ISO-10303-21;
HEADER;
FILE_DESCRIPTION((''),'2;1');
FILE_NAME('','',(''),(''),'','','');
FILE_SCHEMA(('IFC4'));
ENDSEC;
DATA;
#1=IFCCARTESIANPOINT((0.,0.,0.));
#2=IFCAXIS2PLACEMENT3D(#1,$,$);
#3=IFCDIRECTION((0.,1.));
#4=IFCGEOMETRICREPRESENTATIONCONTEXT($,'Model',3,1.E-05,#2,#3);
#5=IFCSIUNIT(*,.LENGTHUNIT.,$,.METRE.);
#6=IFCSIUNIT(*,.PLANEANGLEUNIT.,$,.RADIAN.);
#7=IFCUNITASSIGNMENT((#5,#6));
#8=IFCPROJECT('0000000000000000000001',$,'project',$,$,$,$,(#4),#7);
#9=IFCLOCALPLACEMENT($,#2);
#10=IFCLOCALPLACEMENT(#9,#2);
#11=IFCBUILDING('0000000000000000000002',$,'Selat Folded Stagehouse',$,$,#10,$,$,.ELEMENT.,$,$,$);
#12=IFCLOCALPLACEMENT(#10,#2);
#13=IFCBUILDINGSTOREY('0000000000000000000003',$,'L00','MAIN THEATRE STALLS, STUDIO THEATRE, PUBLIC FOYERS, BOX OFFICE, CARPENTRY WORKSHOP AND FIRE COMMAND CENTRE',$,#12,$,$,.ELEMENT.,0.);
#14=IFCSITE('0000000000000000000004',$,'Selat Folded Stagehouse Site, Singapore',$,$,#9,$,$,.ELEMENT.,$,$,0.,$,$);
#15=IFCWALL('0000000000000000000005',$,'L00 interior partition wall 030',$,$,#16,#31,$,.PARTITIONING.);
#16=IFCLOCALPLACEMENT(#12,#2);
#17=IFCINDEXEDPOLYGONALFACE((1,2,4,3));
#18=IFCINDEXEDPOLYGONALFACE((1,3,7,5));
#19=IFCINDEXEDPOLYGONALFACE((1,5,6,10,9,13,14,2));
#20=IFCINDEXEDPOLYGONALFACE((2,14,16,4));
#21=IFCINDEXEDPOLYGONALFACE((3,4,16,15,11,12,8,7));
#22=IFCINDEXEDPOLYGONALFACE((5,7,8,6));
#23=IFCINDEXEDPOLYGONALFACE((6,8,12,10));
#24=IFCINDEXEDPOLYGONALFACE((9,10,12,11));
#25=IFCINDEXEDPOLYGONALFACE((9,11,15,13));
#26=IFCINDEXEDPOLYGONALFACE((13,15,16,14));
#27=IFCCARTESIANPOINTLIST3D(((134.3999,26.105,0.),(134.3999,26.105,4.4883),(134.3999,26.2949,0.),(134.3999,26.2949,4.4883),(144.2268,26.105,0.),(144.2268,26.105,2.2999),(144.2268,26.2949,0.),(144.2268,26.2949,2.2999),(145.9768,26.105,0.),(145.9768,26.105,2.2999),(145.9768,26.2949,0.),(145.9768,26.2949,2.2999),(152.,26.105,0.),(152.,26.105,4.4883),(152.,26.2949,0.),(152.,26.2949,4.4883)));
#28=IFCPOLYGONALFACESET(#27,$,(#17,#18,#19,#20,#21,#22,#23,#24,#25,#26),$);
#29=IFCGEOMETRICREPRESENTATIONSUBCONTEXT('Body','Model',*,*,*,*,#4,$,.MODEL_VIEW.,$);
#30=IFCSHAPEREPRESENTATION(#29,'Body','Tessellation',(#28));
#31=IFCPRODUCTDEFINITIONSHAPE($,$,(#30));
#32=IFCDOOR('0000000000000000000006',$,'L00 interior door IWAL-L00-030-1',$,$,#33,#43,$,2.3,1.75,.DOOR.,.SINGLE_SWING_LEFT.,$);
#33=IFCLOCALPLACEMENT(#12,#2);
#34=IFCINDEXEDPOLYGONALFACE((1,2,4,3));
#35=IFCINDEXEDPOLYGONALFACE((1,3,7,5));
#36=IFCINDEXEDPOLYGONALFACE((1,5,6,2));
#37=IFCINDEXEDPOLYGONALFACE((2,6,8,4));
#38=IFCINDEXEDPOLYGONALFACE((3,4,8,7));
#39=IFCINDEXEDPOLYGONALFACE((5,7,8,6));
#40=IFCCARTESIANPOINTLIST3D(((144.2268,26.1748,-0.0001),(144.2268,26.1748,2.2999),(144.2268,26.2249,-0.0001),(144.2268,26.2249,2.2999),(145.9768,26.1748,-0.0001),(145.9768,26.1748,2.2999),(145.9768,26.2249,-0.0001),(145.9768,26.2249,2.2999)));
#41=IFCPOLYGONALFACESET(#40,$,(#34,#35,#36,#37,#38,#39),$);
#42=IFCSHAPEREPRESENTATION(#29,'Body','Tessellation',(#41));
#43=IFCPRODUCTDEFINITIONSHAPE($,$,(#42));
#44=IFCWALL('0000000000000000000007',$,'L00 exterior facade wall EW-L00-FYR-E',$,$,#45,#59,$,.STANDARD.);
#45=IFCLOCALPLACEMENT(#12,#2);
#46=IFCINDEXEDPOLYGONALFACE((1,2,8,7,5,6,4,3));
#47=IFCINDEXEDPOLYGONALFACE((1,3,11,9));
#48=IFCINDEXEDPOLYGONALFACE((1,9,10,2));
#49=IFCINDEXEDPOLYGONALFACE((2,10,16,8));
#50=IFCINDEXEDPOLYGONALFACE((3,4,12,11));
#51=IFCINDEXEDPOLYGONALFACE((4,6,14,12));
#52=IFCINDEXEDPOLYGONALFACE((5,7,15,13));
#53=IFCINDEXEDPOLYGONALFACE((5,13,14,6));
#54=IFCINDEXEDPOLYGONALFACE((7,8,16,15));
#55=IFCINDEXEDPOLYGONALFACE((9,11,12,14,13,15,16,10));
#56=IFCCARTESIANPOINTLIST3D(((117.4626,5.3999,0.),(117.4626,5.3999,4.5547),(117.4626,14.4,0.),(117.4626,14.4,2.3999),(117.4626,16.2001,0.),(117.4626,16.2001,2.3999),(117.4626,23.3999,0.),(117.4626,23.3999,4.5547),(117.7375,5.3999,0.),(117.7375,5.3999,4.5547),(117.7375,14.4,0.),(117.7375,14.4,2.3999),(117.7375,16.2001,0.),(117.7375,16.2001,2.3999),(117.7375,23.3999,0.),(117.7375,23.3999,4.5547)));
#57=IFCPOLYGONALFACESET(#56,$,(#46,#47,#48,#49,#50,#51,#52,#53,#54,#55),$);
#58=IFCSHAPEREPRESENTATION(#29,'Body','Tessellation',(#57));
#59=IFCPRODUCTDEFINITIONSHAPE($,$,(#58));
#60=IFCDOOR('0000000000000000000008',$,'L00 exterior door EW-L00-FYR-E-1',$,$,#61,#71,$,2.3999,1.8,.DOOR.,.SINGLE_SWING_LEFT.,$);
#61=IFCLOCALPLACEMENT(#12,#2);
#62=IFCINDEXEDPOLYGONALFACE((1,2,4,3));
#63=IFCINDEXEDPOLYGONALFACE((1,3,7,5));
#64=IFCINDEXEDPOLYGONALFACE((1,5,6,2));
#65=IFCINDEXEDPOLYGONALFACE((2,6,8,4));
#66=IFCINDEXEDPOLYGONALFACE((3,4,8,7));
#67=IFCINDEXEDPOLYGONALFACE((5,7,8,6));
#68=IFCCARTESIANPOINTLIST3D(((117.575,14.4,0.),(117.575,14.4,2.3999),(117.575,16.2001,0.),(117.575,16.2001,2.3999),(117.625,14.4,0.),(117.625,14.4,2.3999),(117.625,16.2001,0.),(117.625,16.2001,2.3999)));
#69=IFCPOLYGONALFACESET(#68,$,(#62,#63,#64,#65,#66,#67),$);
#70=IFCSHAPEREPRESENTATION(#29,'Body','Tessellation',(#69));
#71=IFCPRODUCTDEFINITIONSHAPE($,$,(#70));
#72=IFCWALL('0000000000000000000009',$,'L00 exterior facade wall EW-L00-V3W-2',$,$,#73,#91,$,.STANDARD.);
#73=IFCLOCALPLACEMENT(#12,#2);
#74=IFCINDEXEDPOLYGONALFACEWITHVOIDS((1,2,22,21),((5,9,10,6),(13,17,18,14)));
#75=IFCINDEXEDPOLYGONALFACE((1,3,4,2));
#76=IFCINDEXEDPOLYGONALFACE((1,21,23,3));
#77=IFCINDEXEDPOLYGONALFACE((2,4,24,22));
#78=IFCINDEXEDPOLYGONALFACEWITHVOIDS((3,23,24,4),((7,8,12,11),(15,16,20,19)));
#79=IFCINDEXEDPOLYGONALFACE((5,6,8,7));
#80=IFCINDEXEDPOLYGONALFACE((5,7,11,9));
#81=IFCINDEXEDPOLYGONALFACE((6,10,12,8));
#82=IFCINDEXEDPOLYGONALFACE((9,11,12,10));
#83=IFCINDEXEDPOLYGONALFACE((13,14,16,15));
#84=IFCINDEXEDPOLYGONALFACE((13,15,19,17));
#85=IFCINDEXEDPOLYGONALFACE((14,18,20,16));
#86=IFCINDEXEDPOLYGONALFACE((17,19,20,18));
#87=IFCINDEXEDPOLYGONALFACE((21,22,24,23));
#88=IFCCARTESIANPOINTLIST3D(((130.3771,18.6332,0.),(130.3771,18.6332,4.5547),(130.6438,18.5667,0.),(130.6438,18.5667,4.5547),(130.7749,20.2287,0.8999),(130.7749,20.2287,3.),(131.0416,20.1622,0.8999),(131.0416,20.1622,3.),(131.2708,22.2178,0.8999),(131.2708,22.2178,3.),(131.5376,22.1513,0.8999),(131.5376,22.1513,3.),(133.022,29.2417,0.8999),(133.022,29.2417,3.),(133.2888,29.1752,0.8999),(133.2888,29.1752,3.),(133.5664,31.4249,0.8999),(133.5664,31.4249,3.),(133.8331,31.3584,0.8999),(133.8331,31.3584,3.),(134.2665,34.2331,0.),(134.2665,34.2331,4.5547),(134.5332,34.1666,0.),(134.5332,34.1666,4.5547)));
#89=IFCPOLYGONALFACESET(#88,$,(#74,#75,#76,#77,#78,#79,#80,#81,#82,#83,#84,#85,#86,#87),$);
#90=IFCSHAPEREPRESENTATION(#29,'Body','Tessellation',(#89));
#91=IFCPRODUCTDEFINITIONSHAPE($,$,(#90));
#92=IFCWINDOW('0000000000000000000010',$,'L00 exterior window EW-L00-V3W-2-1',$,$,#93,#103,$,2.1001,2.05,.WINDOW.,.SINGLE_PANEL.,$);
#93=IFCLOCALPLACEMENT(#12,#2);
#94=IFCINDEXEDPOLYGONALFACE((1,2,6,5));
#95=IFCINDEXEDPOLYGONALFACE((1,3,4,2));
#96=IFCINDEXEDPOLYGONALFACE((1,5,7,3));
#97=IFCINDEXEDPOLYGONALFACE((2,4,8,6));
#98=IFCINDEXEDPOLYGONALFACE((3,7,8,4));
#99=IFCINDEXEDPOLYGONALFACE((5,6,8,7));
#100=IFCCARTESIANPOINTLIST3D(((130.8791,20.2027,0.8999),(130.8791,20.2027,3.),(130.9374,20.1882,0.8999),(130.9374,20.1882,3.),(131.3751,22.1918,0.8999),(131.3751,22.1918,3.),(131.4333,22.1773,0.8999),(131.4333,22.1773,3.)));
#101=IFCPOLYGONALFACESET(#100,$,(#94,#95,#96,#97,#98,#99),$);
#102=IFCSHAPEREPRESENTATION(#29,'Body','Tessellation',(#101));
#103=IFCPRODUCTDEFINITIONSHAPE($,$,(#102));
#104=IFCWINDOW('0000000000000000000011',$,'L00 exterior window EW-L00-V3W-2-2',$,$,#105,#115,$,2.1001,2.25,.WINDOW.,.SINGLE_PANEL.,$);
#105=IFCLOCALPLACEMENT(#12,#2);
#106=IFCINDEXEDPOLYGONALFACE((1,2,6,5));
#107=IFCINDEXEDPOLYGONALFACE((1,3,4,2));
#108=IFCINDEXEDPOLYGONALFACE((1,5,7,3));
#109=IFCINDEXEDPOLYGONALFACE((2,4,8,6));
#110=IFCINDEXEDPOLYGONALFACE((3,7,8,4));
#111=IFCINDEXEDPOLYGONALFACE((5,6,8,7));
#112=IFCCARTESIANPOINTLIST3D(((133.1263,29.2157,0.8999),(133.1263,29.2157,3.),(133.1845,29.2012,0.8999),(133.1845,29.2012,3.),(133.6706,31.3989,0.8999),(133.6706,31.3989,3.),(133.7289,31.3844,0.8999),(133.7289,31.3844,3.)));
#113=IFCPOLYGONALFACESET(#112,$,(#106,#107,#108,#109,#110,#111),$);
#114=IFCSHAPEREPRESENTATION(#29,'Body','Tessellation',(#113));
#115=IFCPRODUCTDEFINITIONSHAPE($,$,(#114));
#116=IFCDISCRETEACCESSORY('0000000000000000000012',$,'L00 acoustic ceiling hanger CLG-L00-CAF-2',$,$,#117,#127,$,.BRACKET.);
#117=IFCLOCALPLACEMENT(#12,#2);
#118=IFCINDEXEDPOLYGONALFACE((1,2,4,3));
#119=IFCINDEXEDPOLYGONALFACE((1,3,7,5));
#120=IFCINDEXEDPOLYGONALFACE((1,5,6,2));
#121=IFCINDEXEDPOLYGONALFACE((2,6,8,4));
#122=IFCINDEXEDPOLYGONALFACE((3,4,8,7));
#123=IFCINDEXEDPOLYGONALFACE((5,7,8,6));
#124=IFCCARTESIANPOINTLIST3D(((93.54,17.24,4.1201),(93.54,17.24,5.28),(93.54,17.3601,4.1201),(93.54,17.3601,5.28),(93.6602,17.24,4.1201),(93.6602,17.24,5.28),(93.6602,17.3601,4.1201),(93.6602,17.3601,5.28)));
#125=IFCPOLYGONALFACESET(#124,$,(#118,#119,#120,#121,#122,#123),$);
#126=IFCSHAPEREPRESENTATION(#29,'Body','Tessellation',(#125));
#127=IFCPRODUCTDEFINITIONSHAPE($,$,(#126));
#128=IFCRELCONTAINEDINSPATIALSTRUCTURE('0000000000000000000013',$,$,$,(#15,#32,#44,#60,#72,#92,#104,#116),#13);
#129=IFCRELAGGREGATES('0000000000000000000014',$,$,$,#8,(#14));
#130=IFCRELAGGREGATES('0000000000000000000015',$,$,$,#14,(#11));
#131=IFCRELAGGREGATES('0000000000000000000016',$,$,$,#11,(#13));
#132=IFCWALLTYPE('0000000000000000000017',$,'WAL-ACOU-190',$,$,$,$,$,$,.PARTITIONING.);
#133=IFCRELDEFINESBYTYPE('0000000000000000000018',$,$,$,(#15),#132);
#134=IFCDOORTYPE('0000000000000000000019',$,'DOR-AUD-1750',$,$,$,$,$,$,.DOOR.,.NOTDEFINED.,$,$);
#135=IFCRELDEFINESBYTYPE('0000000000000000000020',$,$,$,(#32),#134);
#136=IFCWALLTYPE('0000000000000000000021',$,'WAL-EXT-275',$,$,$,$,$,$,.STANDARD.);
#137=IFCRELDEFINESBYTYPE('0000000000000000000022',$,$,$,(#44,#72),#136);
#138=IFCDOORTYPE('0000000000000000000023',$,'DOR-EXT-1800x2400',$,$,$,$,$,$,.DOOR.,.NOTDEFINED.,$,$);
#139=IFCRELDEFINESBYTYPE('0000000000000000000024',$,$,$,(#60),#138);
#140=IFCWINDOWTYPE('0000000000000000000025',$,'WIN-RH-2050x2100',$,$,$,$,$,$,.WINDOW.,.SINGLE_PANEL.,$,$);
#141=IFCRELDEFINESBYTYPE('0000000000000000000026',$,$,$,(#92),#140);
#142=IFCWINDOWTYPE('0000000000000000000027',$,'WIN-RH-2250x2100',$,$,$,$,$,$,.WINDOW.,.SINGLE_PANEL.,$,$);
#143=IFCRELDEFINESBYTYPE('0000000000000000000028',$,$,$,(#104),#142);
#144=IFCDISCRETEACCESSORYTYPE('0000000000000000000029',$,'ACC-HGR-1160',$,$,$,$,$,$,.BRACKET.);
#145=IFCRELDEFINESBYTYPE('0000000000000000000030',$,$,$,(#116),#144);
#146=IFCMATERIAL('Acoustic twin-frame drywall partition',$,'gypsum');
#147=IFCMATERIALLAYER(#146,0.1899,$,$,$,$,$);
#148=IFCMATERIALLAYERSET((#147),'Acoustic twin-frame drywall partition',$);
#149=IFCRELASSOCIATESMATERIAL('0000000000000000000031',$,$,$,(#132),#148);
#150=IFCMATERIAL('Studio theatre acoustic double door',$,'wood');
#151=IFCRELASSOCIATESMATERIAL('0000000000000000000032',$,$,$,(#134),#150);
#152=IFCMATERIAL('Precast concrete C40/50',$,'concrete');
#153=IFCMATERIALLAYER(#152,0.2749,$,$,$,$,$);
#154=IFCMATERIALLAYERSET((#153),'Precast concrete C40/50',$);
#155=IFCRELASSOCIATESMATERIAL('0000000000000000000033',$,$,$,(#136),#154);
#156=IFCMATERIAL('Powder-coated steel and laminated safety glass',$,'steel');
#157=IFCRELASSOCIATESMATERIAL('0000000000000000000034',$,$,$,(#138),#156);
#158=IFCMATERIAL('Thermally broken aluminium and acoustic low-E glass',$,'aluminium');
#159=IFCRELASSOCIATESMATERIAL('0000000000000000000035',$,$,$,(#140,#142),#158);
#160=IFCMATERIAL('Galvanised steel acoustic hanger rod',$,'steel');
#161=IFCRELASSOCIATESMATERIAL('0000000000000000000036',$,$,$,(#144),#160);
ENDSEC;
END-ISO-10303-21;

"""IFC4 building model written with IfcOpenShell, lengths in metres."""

from ifc_helpers import new_model, si_unit, direction, frame, frame_2d, origin, origin_2d, place, context, subcontext, project, spatial, rectangle, extrude, material, layer, layer_set, type_object, element, fill, save


model = new_model("IFC4")

# Units and contexts
model_context = context("Model", 3, precision=1e-05, world=origin(), true_north=direction((0.0, 1.0)))
body_context = subcontext(model_context, "Body", "Model", "MODEL_VIEW")
ifc_project = project(units=[si_unit("LENGTHUNIT", "METRE"), si_unit("PLANEANGLEUNIT", "RADIAN")], contexts=[model_context])

# Site, building, storey
site_placement = place(None, origin())
site = spatial("IfcSite", under=ifc_project, at=site_placement, Name="Selat Folded Stagehouse Site, Singapore", CompositionType="ELEMENT", RefElevation=0.0)
building_placement = place(site_placement, origin())
building = spatial("IfcBuilding", under=site, at=building_placement, Name="Selat Folded Stagehouse", CompositionType="ELEMENT")
storey_placement = place(building_placement, origin())
storey = spatial("IfcBuildingStorey", under=building, at=storey_placement, Name="L00", Description="MAIN THEATRE STALLS, STUDIO THEATRE, PUBLIC FOYERS, BOX OFFICE, CARPENTRY WORKSHOP AND FIRE COMMAND CENTRE", CompositionType="ELEMENT", Elevation=0.0)

# Walls, openings, doors
ifc_material_1 = material(Name="Acoustic twin-frame drywall partition", Category="gypsum")
ifc_layer_1 = layer(ifc_material_1, 0.1899)
ifc_layer_set_1 = layer_set([ifc_layer_1], Name="Acoustic twin-frame drywall partition")
wall_type_1 = type_object("IfcWallType", Name="WAL-ACOU-190", PredefinedType="PARTITIONING", material=ifc_layer_set_1)
wall_1_placement = place(storey_placement, frame((134.3999, 26.2, 0.0), z_axis=(0.0, 0.0, 1.0), x_axis=(1.0, 0.0, 0.0)))
wall_1 = element("IfcWall", 1, at=wall_1_placement, inside=storey, type_object=wall_type_1, Name="L00 interior partition wall 030", PredefinedType="PARTITIONING", context=body_context, shape_type="SweptSolid", body=[
    extrude(rectangle(XDim=17.6001, YDim=0.1899, at=frame_2d((8.8, 0.0))), origin(), (0.0, 0.0, 1.0), 4.4883),
])
opening_1_placement = place(wall_1_placement, frame((9.8269, 0.0, 0.0)))
opening_1 = element("IfcOpeningElement", 2, at=opening_1_placement, cuts=wall_1, PredefinedType="OPENING", context=body_context, shape_type="SweptSolid", body=[
    extrude(rectangle(XDim=1.75, YDim=2.3, at=frame_2d((0.875, 1.1499))), frame((0.0, 0.105, 0.0), z_axis=(0.0, -1.0, 0.0), x_axis=(1.0, 0.0, 0.0)), (0.0, 0.0, 1.0), 0.21),
])
ifc_material_2 = material(Name="Studio theatre acoustic double door", Category="wood")
door_type_1 = type_object("IfcDoorType", Name="DOR-AUD-1750", OperationType="NOTDEFINED", PredefinedType="DOOR", material=ifc_material_2)
door_1_placement = place(opening_1_placement, origin())
door_1 = element("IfcDoor", 3, at=door_1_placement, inside=storey, type_object=door_type_1, Name="L00 interior door IWAL-L00-030-1", OperationType="SINGLE_SWING_LEFT", OverallHeight=2.3, OverallWidth=1.75, PredefinedType="DOOR", context=body_context, shape_type="SweptSolid", body=[
    extrude(rectangle(XDim=1.75, YDim=2.3, at=frame_2d((0.875, 1.1499))), frame((0.0, 0.0249, 0.0), z_axis=(0.0, -1.0, 0.0), x_axis=(1.0, 0.0, 0.0)), (0.0, 0.0, 1.0), 0.05),
])
fill(opening_1, door_1)
ifc_material_3 = material(Name="Precast concrete C40/50", Category="concrete")
ifc_layer_2 = layer(ifc_material_3, 0.2749)
ifc_layer_set_2 = layer_set([ifc_layer_2], Name="Precast concrete C40/50")
wall_type_2 = type_object("IfcWallType", Name="WAL-EXT-275", PredefinedType="STANDARD", material=ifc_layer_set_2)
wall_2_placement = place(storey_placement, frame((117.6001, 23.3999, 0.0), z_axis=(0.0, 0.0, 1.0), x_axis=(0.0, -1.0, 0.0)))
wall_2 = element("IfcWall", 4, at=wall_2_placement, inside=storey, type_object=wall_type_2, Name="L00 exterior facade wall EW-L00-FYR-E", PredefinedType="STANDARD", context=body_context, shape_type="SweptSolid", body=[
    extrude(rectangle(XDim=18.0, YDim=0.2749, at=frame_2d((9.0, 0.0))), origin(), (0.0, 0.0, 1.0), 4.5547),
])
opening_2_placement = place(wall_2_placement, frame((7.2, 0.0, 0.0)))
opening_2 = element("IfcOpeningElement", 5, at=opening_2_placement, cuts=wall_2, PredefinedType="OPENING", context=body_context, shape_type="SweptSolid", body=[
    extrude(rectangle(XDim=1.8, YDim=2.3999, at=frame_2d((0.8999, 1.2))), frame((0.0, 0.1475, 0.0), z_axis=(0.0, -1.0, 0.0), x_axis=(1.0, 0.0, 0.0)), (0.0, 0.0, 1.0), 0.2949),
])
ifc_material_4 = material(Name="Powder-coated steel and laminated safety glass", Category="steel")
door_type_2 = type_object("IfcDoorType", Name="DOR-EXT-1800x2400", OperationType="NOTDEFINED", PredefinedType="DOOR", material=ifc_material_4)
door_2_placement = place(opening_2_placement, origin())
door_2 = element("IfcDoor", 6, at=door_2_placement, inside=storey, type_object=door_type_2, Name="L00 exterior door EW-L00-FYR-E-1", OperationType="SINGLE_SWING_LEFT", OverallHeight=2.3999, OverallWidth=1.8, PredefinedType="DOOR", context=body_context, shape_type="SweptSolid", body=[
    extrude(rectangle(XDim=1.8, YDim=2.3999, at=frame_2d((0.8999, 1.2))), frame((0.0, 0.0249, 0.0), z_axis=(0.0, -1.0, 0.0), x_axis=(1.0, 0.0, 0.0)), (0.0, 0.0, 1.0), 0.05),
])
fill(opening_2, door_2)

# Wall, openings, windows
wall_3_placement = place(storey_placement, frame((130.5105, 18.6001, 0.0), z_axis=(0.0, 0.0, 1.0), x_axis=(0.241917, 0.970297, 0.0)))
wall_3 = element("IfcWall", 7, at=wall_3_placement, inside=storey, type_object=wall_type_2, Name="L00 exterior facade wall EW-L00-V3W-2", PredefinedType="STANDARD", context=body_context, shape_type="SweptSolid", body=[
    extrude(rectangle(XDim=16.0774, YDim=0.2749, at=frame_2d((8.0386, 0.0))), origin(), (0.0, 0.0, 1.0), 4.5547),
])
opening_3_placement = place(wall_3_placement, frame((1.6443, 0.0, 0.8999)))
opening_3 = element("IfcOpeningElement", 8, at=opening_3_placement, cuts=wall_3, PredefinedType="OPENING", context=body_context, shape_type="SweptSolid", body=[
    extrude(rectangle(XDim=2.05, YDim=2.1001, at=frame_2d((1.0249, 1.05))), frame((0.0, 0.1475, 0.0), z_axis=(0.0, -1.0, 0.0), x_axis=(1.0, 0.0, 0.0)), (0.0, 0.0, 1.0), 0.2949),
])
opening_4_placement = place(wall_3_placement, frame((10.9331, 0.0, 0.8999)))
opening_4 = element("IfcOpeningElement", 9, at=opening_4_placement, cuts=wall_3, PredefinedType="OPENING", context=body_context, shape_type="SweptSolid", body=[
    extrude(rectangle(XDim=2.25, YDim=2.1001, at=frame_2d((1.125, 1.05))), frame((0.0, 0.1475, 0.0), z_axis=(0.0, -1.0, 0.0), x_axis=(1.0, 0.0, 0.0)), (0.0, 0.0, 1.0), 0.2949),
])
ifc_material_5 = material(Name="Thermally broken aluminium and acoustic low-E glass", Category="aluminium")
window_type_1 = type_object("IfcWindowType", Name="WIN-RH-2050x2100", PartitioningType="SINGLE_PANEL", PredefinedType="WINDOW", material=ifc_material_5)
window_1_placement = place(opening_3_placement, origin())
window_1 = element("IfcWindow", 10, at=window_1_placement, inside=storey, type_object=window_type_1, Name="L00 exterior window EW-L00-V3W-2-1", OverallHeight=2.1001, OverallWidth=2.05, PartitioningType="SINGLE_PANEL", PredefinedType="WINDOW", context=body_context, shape_type="SweptSolid", body=[
    extrude(rectangle(XDim=2.05, YDim=2.1001, at=frame_2d((1.0249, 1.05))), frame((0.0, 0.03, 0.0), z_axis=(0.0, -1.0, 0.0), x_axis=(1.0, 0.0, 0.0)), (0.0, 0.0, 1.0), 0.0601),
])
fill(opening_3, window_1)
window_type_2 = type_object("IfcWindowType", Name="WIN-RH-2250x2100", PartitioningType="SINGLE_PANEL", PredefinedType="WINDOW", material=ifc_material_5)
window_2_placement = place(opening_4_placement, origin())
window_2 = element("IfcWindow", 11, at=window_2_placement, inside=storey, type_object=window_type_2, Name="L00 exterior window EW-L00-V3W-2-2", OverallHeight=2.1001, OverallWidth=2.25, PartitioningType="SINGLE_PANEL", PredefinedType="WINDOW", context=body_context, shape_type="SweptSolid", body=[
    extrude(rectangle(XDim=2.25, YDim=2.1001, at=frame_2d((1.125, 1.05))), frame((0.0, 0.03, 0.0), z_axis=(0.0, -1.0, 0.0), x_axis=(1.0, 0.0, 0.0)), (0.0, 0.0, 1.0), 0.0601),
])
fill(opening_4, window_2)

# Discrete accessory
ifc_material_6 = material(Name="Galvanised steel acoustic hanger rod", Category="steel")
discrete_accessory_type = type_object("IfcDiscreteAccessoryType", Name="ACC-HGR-1160", PredefinedType="BRACKET", material=ifc_material_6)
discrete_accessory_placement = place(storey_placement, frame((93.6001, 17.3, 4.1201), z_axis=(0.0, 0.0, 1.0), x_axis=(1.0, 0.0, 0.0)))
element("IfcDiscreteAccessory", 12, at=discrete_accessory_placement, inside=storey, type_object=discrete_accessory_type, Name="L00 acoustic ceiling hanger CLG-L00-CAF-2", PredefinedType="BRACKET", context=body_context, shape_type="SweptSolid", body=[
    extrude(rectangle(XDim=0.1201, YDim=0.1201, at=origin_2d()), origin(), (0.0, 0.0, 1.0), 1.1599),
])

save(model, "model.ifc")
